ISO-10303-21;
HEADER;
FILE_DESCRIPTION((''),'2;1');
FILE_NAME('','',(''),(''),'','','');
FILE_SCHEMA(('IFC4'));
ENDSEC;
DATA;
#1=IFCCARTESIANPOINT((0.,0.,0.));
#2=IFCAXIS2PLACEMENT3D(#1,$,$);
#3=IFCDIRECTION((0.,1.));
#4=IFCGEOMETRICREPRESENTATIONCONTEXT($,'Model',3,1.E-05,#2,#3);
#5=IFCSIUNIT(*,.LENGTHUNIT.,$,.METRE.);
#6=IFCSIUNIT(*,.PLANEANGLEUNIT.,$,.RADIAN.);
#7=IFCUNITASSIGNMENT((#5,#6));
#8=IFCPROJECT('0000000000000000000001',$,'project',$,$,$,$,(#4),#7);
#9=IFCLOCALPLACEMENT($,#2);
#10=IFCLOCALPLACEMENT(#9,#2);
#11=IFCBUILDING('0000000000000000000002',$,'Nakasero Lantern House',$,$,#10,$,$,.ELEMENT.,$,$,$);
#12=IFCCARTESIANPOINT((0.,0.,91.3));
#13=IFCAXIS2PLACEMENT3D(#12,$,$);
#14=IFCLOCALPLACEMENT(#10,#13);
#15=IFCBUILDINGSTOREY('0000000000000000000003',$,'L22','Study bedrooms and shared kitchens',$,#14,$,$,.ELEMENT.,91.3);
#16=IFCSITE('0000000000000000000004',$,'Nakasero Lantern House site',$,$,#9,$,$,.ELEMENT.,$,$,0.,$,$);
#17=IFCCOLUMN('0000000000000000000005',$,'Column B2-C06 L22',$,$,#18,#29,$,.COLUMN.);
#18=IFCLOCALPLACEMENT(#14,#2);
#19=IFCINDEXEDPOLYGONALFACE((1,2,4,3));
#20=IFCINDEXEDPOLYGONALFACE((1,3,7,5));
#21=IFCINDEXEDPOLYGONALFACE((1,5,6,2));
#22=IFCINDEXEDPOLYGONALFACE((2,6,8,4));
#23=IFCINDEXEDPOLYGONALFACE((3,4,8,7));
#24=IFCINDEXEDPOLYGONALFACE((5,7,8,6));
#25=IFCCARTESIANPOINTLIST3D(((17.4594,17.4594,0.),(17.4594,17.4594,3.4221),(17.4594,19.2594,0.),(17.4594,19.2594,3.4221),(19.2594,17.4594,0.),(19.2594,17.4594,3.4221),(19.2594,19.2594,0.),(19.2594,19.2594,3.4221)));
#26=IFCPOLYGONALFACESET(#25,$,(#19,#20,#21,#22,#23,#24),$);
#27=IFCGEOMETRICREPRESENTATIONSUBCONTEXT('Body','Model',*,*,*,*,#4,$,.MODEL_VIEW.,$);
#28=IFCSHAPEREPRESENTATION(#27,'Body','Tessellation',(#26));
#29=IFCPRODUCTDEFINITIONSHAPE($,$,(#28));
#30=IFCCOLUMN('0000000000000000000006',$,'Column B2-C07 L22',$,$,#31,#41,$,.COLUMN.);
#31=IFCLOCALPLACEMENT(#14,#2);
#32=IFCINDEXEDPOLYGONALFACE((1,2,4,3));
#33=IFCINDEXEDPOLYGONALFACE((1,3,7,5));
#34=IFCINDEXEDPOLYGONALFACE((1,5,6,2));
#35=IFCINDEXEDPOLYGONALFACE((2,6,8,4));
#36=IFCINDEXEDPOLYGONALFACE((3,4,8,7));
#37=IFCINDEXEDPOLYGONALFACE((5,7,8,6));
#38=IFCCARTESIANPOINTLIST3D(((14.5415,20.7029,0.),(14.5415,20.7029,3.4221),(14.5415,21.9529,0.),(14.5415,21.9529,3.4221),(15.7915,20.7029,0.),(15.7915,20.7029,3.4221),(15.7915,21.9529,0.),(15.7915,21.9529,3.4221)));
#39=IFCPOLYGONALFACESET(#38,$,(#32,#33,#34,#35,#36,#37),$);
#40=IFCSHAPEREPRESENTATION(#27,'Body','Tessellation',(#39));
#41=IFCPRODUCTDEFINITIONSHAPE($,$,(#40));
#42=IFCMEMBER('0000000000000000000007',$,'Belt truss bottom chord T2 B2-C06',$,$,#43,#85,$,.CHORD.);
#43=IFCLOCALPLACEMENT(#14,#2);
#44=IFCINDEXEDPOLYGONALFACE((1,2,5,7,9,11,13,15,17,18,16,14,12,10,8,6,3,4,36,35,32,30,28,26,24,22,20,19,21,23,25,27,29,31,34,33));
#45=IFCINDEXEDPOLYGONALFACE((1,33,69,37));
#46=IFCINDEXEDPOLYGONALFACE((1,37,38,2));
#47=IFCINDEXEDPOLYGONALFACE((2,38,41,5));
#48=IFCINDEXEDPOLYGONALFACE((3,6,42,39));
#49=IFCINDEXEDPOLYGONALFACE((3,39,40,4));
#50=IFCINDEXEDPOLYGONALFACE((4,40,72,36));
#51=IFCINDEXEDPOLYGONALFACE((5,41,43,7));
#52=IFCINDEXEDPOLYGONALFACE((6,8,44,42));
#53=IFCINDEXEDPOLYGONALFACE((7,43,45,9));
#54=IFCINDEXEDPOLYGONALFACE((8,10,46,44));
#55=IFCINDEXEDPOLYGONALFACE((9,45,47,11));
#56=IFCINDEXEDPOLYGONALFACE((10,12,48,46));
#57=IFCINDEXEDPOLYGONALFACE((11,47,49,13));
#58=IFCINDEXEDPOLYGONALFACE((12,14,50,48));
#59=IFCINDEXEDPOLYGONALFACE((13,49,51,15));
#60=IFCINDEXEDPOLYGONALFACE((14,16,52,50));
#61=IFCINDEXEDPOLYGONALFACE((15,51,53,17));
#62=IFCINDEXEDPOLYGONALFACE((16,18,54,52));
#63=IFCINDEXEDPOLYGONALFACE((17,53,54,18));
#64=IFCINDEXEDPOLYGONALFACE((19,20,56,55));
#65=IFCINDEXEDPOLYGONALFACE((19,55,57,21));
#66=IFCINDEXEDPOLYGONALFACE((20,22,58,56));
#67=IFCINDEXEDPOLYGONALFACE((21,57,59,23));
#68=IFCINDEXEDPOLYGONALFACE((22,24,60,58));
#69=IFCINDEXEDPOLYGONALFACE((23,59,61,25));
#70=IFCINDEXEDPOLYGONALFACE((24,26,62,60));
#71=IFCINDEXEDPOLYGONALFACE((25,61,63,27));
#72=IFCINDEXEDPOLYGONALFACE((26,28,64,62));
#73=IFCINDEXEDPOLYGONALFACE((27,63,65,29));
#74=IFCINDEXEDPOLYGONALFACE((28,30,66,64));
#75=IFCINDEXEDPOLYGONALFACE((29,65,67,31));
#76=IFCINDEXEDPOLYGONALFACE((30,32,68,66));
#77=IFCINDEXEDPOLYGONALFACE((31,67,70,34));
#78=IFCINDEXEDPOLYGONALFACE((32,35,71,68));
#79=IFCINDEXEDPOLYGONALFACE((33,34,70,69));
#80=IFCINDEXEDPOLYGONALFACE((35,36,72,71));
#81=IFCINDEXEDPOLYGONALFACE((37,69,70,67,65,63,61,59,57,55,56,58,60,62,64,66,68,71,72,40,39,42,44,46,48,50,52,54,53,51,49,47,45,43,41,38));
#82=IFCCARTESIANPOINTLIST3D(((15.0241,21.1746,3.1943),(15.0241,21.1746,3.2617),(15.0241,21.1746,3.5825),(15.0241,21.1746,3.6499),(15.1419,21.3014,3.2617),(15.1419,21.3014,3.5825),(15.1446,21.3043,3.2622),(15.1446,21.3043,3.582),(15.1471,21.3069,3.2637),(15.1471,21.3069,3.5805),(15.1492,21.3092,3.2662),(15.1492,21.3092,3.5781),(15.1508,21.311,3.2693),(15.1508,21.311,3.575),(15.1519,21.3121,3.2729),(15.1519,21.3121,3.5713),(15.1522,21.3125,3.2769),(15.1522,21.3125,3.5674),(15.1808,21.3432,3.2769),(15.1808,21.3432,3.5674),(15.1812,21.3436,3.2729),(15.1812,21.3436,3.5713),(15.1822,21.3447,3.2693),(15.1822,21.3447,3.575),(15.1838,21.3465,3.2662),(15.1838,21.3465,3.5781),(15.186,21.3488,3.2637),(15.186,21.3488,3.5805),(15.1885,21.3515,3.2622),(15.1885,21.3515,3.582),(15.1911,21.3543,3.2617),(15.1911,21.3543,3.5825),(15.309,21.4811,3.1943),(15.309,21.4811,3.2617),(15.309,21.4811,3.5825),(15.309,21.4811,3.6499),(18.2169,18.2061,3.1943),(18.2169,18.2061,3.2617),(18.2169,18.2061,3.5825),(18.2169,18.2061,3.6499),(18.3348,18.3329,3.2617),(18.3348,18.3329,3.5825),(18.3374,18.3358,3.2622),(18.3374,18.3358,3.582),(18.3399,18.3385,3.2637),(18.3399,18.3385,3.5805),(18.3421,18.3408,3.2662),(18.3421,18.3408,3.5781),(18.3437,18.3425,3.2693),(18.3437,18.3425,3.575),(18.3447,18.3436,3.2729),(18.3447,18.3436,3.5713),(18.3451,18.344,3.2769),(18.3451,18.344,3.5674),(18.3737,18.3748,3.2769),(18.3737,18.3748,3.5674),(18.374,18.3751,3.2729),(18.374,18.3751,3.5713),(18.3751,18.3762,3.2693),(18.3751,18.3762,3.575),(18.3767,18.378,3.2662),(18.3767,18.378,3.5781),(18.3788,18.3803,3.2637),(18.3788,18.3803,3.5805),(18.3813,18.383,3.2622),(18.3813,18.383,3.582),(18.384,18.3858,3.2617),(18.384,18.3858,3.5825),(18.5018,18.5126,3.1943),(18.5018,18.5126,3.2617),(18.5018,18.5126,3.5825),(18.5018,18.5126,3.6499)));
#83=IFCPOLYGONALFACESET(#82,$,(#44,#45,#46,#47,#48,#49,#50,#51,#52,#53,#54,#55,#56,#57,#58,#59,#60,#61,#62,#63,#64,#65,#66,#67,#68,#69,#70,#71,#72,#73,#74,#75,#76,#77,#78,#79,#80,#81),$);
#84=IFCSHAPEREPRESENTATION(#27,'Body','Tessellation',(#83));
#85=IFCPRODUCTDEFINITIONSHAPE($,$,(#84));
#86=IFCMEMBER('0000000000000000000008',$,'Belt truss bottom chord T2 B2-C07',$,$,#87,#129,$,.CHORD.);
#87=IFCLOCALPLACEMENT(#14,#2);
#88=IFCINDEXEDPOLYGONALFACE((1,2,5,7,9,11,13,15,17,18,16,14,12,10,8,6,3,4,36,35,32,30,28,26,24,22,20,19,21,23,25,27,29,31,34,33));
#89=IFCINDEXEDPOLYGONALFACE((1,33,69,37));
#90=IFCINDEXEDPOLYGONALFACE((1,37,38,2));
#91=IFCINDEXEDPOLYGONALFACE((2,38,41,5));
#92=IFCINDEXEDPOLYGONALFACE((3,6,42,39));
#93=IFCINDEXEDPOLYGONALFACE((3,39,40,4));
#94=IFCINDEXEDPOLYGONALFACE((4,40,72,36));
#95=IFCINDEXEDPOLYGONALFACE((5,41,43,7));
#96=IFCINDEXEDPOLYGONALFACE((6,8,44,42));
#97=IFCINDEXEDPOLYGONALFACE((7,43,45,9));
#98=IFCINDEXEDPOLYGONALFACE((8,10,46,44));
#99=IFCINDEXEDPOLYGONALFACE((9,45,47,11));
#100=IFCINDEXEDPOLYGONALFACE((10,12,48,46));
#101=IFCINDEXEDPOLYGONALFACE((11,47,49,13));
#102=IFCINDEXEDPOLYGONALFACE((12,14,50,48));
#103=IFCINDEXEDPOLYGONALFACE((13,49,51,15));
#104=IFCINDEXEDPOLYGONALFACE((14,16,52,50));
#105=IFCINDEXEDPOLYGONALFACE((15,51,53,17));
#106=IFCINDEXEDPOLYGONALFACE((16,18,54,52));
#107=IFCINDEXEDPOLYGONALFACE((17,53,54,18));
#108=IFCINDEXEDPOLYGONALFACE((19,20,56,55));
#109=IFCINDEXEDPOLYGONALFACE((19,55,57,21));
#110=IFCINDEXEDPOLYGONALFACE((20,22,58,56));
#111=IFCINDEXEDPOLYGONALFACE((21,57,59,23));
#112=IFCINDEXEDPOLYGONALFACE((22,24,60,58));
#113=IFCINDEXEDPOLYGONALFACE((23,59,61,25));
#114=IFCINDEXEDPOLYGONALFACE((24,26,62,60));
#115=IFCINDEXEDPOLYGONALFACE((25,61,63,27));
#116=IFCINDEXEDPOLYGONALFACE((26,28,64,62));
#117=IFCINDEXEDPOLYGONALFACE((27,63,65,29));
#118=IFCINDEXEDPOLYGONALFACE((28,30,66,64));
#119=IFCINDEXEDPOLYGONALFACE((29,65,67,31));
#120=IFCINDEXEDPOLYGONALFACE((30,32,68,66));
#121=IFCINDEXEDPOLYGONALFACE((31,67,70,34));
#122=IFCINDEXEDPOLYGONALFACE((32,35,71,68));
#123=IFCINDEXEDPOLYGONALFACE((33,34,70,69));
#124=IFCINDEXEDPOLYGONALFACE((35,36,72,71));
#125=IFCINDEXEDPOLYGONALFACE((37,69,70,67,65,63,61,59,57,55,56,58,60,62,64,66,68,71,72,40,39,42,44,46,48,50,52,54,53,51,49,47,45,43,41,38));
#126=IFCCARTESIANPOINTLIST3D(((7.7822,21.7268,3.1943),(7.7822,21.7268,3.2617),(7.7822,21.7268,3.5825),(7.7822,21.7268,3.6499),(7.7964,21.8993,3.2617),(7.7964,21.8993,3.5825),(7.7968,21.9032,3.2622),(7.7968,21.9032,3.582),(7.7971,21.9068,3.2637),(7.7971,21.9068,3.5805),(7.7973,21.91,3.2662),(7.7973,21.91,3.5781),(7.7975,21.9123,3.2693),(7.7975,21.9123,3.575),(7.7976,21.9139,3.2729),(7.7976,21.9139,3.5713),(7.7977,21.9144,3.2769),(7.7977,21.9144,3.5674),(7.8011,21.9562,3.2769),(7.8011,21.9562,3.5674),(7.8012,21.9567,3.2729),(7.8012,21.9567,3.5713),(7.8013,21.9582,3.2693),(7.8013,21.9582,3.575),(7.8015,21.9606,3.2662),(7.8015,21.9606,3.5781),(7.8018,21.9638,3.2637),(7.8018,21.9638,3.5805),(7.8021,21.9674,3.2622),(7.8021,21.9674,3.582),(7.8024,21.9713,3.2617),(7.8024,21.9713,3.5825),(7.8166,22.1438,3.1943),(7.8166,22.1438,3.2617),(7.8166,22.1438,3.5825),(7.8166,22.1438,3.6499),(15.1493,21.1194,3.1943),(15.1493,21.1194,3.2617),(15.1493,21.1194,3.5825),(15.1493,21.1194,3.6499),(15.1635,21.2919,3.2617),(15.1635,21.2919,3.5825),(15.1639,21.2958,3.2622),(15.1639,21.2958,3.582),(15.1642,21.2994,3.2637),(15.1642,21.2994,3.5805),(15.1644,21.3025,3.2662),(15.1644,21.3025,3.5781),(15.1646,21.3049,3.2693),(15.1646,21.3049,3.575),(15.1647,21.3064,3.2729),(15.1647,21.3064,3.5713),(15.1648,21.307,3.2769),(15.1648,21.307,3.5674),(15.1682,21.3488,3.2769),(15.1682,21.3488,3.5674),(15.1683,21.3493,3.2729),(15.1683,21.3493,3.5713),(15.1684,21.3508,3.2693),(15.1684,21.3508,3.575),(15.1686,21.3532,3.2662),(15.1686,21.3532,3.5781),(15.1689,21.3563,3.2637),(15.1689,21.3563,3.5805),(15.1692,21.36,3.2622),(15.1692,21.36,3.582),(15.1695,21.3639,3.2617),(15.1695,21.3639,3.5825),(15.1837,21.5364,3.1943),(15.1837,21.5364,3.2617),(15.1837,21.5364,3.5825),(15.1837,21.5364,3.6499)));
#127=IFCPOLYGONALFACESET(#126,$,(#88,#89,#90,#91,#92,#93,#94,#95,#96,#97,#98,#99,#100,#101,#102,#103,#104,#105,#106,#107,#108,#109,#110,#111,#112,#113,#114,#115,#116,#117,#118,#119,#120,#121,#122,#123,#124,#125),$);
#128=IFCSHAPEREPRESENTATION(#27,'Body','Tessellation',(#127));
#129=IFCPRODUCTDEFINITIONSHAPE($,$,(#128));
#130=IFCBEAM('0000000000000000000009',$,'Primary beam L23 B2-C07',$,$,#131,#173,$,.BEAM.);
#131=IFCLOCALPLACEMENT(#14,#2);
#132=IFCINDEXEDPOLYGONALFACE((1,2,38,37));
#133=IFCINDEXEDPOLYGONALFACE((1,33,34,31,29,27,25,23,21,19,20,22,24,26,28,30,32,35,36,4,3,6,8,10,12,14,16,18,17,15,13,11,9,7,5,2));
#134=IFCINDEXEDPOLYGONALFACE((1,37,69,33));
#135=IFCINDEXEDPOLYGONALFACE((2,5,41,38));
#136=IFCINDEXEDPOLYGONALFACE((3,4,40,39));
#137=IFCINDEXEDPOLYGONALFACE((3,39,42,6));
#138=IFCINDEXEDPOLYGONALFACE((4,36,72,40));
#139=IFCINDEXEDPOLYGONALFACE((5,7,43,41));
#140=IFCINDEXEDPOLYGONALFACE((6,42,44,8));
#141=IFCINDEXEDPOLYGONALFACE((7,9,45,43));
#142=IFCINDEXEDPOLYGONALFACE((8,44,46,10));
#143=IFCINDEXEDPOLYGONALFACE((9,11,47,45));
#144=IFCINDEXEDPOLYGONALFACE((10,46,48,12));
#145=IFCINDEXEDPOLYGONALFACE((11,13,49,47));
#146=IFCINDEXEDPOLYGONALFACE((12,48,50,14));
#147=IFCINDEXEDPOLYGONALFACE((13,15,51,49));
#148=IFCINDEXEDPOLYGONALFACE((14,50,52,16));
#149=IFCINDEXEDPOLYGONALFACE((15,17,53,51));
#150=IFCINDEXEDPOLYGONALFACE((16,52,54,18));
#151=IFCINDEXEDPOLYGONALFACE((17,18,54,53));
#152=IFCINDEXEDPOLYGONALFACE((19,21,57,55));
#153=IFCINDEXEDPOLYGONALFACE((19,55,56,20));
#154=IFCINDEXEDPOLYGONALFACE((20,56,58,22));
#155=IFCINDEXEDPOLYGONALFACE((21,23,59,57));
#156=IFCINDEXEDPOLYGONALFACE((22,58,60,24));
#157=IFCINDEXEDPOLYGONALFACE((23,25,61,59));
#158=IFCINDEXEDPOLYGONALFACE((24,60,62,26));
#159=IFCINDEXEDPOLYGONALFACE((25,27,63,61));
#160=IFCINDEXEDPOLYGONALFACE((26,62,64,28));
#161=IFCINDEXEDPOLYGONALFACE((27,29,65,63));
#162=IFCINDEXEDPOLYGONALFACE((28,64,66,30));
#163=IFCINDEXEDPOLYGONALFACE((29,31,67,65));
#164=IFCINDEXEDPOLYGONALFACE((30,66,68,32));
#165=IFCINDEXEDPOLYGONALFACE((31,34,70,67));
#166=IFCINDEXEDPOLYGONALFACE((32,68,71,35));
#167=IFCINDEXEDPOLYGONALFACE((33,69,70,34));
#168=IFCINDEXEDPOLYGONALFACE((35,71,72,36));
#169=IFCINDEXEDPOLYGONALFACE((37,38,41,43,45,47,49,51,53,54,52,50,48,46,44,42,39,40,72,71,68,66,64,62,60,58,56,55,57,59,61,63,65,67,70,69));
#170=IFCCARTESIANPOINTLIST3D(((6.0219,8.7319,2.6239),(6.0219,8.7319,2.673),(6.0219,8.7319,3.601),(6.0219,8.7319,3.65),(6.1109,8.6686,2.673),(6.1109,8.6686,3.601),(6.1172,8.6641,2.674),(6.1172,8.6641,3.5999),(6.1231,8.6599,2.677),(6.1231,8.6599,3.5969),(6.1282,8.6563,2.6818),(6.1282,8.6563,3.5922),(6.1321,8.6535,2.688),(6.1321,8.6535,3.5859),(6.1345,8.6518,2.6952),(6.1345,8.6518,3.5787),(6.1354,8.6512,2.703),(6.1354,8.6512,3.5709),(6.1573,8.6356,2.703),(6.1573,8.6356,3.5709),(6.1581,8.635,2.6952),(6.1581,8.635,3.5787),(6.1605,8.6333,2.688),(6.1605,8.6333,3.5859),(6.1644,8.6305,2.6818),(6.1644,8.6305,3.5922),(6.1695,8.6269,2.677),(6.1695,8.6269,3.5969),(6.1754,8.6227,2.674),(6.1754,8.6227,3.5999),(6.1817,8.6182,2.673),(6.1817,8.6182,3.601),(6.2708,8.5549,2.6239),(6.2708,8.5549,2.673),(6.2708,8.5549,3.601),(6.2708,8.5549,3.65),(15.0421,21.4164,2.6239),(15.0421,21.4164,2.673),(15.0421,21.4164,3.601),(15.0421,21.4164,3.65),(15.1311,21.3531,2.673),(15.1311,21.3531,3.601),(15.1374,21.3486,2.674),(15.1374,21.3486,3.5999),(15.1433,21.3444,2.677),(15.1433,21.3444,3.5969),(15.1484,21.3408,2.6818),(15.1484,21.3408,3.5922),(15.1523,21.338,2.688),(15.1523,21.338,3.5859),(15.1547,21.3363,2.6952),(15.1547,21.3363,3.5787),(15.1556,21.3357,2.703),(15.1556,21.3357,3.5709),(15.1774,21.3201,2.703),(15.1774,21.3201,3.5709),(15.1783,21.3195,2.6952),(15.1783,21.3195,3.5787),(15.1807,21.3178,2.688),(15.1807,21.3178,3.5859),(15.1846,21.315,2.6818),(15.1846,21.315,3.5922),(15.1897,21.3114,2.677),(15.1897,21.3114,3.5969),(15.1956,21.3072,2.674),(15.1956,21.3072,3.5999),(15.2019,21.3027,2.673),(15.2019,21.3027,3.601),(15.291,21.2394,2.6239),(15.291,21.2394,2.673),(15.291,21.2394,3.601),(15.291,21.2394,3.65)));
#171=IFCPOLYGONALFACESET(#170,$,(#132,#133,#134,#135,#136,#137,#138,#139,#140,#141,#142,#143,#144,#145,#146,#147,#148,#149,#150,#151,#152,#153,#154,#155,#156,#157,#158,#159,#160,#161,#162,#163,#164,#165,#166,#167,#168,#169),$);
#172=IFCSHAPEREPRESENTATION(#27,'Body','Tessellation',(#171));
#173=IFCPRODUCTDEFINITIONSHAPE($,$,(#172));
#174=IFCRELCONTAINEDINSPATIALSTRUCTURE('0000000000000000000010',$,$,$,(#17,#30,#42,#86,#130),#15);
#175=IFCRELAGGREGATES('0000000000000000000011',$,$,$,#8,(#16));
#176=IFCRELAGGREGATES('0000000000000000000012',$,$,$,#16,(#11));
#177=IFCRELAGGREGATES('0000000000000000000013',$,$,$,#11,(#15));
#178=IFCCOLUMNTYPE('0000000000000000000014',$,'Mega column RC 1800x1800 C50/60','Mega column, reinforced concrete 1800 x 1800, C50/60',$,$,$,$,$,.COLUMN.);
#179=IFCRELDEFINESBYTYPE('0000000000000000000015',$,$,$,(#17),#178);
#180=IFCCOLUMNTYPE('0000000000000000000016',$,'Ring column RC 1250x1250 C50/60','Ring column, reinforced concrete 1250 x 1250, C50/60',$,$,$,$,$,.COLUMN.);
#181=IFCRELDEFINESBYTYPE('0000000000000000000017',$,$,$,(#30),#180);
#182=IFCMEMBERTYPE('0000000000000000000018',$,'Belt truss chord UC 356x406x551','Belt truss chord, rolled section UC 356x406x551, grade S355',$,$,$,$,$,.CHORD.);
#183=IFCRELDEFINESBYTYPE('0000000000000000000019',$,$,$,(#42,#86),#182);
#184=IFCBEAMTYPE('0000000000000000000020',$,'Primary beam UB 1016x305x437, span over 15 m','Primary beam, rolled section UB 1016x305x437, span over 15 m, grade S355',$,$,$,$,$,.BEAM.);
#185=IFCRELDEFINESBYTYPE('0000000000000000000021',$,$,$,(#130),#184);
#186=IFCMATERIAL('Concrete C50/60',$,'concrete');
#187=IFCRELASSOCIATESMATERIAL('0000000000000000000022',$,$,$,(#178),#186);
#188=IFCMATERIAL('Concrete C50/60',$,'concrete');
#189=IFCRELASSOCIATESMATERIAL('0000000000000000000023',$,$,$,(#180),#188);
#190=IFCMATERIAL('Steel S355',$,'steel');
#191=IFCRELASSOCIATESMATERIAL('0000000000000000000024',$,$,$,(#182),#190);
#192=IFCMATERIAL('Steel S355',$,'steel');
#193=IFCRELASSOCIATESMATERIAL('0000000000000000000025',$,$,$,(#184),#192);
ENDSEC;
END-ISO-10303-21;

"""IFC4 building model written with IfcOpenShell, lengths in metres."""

from ifc_helpers import new_model, si_unit, direction, frame, origin, origin_2d, place, context, subcontext, project, spatial, rectangle, i_section, extrude, material, material_profile, profile_set, type_object, element, save


model = new_model("IFC4")

# Units and contexts
model_context = context("Model", 3, precision=1e-05, world=origin(), true_north=direction((0.0, 1.0)))
body_context = subcontext(model_context, "Body", "Model", "MODEL_VIEW")
ifc_project = project(units=[si_unit("LENGTHUNIT", "METRE"), si_unit("PLANEANGLEUNIT", "RADIAN")], contexts=[model_context])

# Site, building, storey
site_placement = place(None, origin())
site = spatial("IfcSite", under=ifc_project, at=site_placement, Name="Nakasero Lantern House site", CompositionType="ELEMENT", RefElevation=0.0)
building_placement = place(site_placement, origin())
building = spatial("IfcBuilding", under=site, at=building_placement, Name="Nakasero Lantern House", CompositionType="ELEMENT")
storey_placement = place(building_placement, frame((0.0, 0.0, 91.3)))
storey = spatial("IfcBuildingStorey", under=building, at=storey_placement, Name="L22", Description="Study bedrooms and shared kitchens", CompositionType="ELEMENT", Elevation=91.3)

# Columns
ifc_material_1 = material(Name="Concrete C50/60", Category="concrete")
ifc_material_profile_1 = material_profile(ifc_material_1, rectangle(XDim=1.8, YDim=1.8, at=origin_2d()), Name="RC 1800x1800")
ifc_profile_set_1 = profile_set([ifc_material_profile_1], Name="Concrete C50/60")
column_type_1 = type_object("IfcColumnType", Name="Mega column RC 1800x1800 C50/60", Description="Mega column, reinforced concrete 1800 x 1800, C50/60", PredefinedType="COLUMN", material=ifc_profile_set_1)
column_1_placement = place(storey_placement, frame((18.3594, 18.3594, 0.0), z_axis=(0.0, 0.0, 1.0), x_axis=(1.0, 0.0, 0.0)))
element("IfcColumn", 1, at=column_1_placement, inside=storey, type_object=column_type_1, Name="Column B2-C06 L22", PredefinedType="COLUMN", context=body_context, shape_type="SweptSolid", body=[
    extrude(rectangle(XDim=1.8, YDim=1.8, at=origin_2d()), origin(), (0.0, 0.0, 1.0), 3.4221),
])
ifc_material_2 = material(Name="Concrete C50/60", Category="concrete")
ifc_material_profile_2 = material_profile(ifc_material_2, rectangle(XDim=1.25, YDim=1.25, at=origin_2d()), Name="RC 1250x1250")
ifc_profile_set_2 = profile_set([ifc_material_profile_2], Name="Concrete C50/60")
column_type_2 = type_object("IfcColumnType", Name="Ring column RC 1250x1250 C50/60", Description="Ring column, reinforced concrete 1250 x 1250, C50/60", PredefinedType="COLUMN", material=ifc_profile_set_2)
column_2_placement = place(storey_placement, frame((15.1665, 21.3279, 0.0), z_axis=(0.0, 0.0, 1.0), x_axis=(1.0, 0.0, 0.0)))
element("IfcColumn", 2, at=column_2_placement, inside=storey, type_object=column_type_2, Name="Column B2-C07 L22", PredefinedType="COLUMN", context=body_context, shape_type="SweptSolid", body=[
    extrude(rectangle(XDim=1.25, YDim=1.25, at=origin_2d()), origin(), (0.0, 0.0, 1.0), 3.4221),
])

# Members
ifc_material_3 = material(Name="Steel S355", Category="steel")
ifc_material_profile_3 = material_profile(ifc_material_3, i_section(OverallWidth=0.4185, OverallDepth=0.4556, WebThickness=0.042, FlangeThickness=0.0674, FilletRadius=0.0151, at=origin_2d()), Name="UC 356x406x551")
ifc_profile_set_3 = profile_set([ifc_material_profile_3], Name="Steel S355")
member_type = type_object("IfcMemberType", Name="Belt truss chord UC 356x406x551", Description="Belt truss chord, rolled section UC 356x406x551, grade S355", PredefinedType="CHORD", material=ifc_profile_set_3)
member_1_placement = place(storey_placement, frame((18.3594, 18.3594, 3.4221), z_axis=(-0.732371, 0.680906, 0.0), x_axis=(-0.680906, -0.732371, 0.0)))
element("IfcMember", 3, at=member_1_placement, inside=storey, type_object=member_type, Name="Belt truss bottom chord T2 B2-C06", PredefinedType="CHORD", context=body_context, shape_type="SweptSolid", body=[
    extrude(i_section(OverallWidth=0.4185, OverallDepth=0.4556, WebThickness=0.042, FlangeThickness=0.0674, FilletRadius=0.0151, at=origin_2d()), origin(), (0.0, 0.0, 1.0), 4.3596),
])
member_2_placement = place(storey_placement, frame((15.1665, 21.3279, 3.4221), z_axis=(-0.996618, 0.082171, 0.0), x_axis=(-0.082171, -0.996618, 0.0)))
element("IfcMember", 4, at=member_2_placement, inside=storey, type_object=member_type, Name="Belt truss bottom chord T2 B2-C07", PredefinedType="CHORD", context=body_context, shape_type="SweptSolid", body=[
    extrude(i_section(OverallWidth=0.4185, OverallDepth=0.4556, WebThickness=0.042, FlangeThickness=0.0674, FilletRadius=0.0151, at=origin_2d()), origin(), (0.0, 0.0, 1.0), 7.3921),
])

# Beam
ifc_material_4 = material(Name="Steel S355", Category="steel")
ifc_material_profile_4 = material_profile(ifc_material_4, i_section(OverallWidth=0.3054, OverallDepth=1.0261, WebThickness=0.0269, FlangeThickness=0.0491, FilletRadius=0.03, at=origin_2d()), Name="UB 1016x305x437")
ifc_profile_set_4 = profile_set([ifc_material_profile_4], Name="Steel S355")
beam_type_1 = type_object("IfcBeamType", Name="Primary beam UB 1016x305x437, span over 15 m", Description="Primary beam, rolled section UB 1016x305x437, span over 15 m, grade S355", PredefinedType="BEAM", material=ifc_profile_set_4)
beam_1_placement = place(storey_placement, frame((15.1665, 21.3279, 3.137), z_axis=(-0.579529, -0.814952, 0.0), x_axis=(0.814952, -0.579529, 0.0)))
element("IfcBeam", 5, at=beam_1_placement, inside=storey, type_object=beam_type_1, Name="Primary beam L23 B2-C07", PredefinedType="BEAM", context=body_context, shape_type="SweptSolid", body=[
    extrude(i_section(OverallWidth=0.3054, OverallDepth=1.0261, WebThickness=0.0269, FlangeThickness=0.0491, FilletRadius=0.03, at=origin_2d()), origin(), (0.0, 0.0, 1.0), 15.5647),
])

save(model, "model.ifc")
